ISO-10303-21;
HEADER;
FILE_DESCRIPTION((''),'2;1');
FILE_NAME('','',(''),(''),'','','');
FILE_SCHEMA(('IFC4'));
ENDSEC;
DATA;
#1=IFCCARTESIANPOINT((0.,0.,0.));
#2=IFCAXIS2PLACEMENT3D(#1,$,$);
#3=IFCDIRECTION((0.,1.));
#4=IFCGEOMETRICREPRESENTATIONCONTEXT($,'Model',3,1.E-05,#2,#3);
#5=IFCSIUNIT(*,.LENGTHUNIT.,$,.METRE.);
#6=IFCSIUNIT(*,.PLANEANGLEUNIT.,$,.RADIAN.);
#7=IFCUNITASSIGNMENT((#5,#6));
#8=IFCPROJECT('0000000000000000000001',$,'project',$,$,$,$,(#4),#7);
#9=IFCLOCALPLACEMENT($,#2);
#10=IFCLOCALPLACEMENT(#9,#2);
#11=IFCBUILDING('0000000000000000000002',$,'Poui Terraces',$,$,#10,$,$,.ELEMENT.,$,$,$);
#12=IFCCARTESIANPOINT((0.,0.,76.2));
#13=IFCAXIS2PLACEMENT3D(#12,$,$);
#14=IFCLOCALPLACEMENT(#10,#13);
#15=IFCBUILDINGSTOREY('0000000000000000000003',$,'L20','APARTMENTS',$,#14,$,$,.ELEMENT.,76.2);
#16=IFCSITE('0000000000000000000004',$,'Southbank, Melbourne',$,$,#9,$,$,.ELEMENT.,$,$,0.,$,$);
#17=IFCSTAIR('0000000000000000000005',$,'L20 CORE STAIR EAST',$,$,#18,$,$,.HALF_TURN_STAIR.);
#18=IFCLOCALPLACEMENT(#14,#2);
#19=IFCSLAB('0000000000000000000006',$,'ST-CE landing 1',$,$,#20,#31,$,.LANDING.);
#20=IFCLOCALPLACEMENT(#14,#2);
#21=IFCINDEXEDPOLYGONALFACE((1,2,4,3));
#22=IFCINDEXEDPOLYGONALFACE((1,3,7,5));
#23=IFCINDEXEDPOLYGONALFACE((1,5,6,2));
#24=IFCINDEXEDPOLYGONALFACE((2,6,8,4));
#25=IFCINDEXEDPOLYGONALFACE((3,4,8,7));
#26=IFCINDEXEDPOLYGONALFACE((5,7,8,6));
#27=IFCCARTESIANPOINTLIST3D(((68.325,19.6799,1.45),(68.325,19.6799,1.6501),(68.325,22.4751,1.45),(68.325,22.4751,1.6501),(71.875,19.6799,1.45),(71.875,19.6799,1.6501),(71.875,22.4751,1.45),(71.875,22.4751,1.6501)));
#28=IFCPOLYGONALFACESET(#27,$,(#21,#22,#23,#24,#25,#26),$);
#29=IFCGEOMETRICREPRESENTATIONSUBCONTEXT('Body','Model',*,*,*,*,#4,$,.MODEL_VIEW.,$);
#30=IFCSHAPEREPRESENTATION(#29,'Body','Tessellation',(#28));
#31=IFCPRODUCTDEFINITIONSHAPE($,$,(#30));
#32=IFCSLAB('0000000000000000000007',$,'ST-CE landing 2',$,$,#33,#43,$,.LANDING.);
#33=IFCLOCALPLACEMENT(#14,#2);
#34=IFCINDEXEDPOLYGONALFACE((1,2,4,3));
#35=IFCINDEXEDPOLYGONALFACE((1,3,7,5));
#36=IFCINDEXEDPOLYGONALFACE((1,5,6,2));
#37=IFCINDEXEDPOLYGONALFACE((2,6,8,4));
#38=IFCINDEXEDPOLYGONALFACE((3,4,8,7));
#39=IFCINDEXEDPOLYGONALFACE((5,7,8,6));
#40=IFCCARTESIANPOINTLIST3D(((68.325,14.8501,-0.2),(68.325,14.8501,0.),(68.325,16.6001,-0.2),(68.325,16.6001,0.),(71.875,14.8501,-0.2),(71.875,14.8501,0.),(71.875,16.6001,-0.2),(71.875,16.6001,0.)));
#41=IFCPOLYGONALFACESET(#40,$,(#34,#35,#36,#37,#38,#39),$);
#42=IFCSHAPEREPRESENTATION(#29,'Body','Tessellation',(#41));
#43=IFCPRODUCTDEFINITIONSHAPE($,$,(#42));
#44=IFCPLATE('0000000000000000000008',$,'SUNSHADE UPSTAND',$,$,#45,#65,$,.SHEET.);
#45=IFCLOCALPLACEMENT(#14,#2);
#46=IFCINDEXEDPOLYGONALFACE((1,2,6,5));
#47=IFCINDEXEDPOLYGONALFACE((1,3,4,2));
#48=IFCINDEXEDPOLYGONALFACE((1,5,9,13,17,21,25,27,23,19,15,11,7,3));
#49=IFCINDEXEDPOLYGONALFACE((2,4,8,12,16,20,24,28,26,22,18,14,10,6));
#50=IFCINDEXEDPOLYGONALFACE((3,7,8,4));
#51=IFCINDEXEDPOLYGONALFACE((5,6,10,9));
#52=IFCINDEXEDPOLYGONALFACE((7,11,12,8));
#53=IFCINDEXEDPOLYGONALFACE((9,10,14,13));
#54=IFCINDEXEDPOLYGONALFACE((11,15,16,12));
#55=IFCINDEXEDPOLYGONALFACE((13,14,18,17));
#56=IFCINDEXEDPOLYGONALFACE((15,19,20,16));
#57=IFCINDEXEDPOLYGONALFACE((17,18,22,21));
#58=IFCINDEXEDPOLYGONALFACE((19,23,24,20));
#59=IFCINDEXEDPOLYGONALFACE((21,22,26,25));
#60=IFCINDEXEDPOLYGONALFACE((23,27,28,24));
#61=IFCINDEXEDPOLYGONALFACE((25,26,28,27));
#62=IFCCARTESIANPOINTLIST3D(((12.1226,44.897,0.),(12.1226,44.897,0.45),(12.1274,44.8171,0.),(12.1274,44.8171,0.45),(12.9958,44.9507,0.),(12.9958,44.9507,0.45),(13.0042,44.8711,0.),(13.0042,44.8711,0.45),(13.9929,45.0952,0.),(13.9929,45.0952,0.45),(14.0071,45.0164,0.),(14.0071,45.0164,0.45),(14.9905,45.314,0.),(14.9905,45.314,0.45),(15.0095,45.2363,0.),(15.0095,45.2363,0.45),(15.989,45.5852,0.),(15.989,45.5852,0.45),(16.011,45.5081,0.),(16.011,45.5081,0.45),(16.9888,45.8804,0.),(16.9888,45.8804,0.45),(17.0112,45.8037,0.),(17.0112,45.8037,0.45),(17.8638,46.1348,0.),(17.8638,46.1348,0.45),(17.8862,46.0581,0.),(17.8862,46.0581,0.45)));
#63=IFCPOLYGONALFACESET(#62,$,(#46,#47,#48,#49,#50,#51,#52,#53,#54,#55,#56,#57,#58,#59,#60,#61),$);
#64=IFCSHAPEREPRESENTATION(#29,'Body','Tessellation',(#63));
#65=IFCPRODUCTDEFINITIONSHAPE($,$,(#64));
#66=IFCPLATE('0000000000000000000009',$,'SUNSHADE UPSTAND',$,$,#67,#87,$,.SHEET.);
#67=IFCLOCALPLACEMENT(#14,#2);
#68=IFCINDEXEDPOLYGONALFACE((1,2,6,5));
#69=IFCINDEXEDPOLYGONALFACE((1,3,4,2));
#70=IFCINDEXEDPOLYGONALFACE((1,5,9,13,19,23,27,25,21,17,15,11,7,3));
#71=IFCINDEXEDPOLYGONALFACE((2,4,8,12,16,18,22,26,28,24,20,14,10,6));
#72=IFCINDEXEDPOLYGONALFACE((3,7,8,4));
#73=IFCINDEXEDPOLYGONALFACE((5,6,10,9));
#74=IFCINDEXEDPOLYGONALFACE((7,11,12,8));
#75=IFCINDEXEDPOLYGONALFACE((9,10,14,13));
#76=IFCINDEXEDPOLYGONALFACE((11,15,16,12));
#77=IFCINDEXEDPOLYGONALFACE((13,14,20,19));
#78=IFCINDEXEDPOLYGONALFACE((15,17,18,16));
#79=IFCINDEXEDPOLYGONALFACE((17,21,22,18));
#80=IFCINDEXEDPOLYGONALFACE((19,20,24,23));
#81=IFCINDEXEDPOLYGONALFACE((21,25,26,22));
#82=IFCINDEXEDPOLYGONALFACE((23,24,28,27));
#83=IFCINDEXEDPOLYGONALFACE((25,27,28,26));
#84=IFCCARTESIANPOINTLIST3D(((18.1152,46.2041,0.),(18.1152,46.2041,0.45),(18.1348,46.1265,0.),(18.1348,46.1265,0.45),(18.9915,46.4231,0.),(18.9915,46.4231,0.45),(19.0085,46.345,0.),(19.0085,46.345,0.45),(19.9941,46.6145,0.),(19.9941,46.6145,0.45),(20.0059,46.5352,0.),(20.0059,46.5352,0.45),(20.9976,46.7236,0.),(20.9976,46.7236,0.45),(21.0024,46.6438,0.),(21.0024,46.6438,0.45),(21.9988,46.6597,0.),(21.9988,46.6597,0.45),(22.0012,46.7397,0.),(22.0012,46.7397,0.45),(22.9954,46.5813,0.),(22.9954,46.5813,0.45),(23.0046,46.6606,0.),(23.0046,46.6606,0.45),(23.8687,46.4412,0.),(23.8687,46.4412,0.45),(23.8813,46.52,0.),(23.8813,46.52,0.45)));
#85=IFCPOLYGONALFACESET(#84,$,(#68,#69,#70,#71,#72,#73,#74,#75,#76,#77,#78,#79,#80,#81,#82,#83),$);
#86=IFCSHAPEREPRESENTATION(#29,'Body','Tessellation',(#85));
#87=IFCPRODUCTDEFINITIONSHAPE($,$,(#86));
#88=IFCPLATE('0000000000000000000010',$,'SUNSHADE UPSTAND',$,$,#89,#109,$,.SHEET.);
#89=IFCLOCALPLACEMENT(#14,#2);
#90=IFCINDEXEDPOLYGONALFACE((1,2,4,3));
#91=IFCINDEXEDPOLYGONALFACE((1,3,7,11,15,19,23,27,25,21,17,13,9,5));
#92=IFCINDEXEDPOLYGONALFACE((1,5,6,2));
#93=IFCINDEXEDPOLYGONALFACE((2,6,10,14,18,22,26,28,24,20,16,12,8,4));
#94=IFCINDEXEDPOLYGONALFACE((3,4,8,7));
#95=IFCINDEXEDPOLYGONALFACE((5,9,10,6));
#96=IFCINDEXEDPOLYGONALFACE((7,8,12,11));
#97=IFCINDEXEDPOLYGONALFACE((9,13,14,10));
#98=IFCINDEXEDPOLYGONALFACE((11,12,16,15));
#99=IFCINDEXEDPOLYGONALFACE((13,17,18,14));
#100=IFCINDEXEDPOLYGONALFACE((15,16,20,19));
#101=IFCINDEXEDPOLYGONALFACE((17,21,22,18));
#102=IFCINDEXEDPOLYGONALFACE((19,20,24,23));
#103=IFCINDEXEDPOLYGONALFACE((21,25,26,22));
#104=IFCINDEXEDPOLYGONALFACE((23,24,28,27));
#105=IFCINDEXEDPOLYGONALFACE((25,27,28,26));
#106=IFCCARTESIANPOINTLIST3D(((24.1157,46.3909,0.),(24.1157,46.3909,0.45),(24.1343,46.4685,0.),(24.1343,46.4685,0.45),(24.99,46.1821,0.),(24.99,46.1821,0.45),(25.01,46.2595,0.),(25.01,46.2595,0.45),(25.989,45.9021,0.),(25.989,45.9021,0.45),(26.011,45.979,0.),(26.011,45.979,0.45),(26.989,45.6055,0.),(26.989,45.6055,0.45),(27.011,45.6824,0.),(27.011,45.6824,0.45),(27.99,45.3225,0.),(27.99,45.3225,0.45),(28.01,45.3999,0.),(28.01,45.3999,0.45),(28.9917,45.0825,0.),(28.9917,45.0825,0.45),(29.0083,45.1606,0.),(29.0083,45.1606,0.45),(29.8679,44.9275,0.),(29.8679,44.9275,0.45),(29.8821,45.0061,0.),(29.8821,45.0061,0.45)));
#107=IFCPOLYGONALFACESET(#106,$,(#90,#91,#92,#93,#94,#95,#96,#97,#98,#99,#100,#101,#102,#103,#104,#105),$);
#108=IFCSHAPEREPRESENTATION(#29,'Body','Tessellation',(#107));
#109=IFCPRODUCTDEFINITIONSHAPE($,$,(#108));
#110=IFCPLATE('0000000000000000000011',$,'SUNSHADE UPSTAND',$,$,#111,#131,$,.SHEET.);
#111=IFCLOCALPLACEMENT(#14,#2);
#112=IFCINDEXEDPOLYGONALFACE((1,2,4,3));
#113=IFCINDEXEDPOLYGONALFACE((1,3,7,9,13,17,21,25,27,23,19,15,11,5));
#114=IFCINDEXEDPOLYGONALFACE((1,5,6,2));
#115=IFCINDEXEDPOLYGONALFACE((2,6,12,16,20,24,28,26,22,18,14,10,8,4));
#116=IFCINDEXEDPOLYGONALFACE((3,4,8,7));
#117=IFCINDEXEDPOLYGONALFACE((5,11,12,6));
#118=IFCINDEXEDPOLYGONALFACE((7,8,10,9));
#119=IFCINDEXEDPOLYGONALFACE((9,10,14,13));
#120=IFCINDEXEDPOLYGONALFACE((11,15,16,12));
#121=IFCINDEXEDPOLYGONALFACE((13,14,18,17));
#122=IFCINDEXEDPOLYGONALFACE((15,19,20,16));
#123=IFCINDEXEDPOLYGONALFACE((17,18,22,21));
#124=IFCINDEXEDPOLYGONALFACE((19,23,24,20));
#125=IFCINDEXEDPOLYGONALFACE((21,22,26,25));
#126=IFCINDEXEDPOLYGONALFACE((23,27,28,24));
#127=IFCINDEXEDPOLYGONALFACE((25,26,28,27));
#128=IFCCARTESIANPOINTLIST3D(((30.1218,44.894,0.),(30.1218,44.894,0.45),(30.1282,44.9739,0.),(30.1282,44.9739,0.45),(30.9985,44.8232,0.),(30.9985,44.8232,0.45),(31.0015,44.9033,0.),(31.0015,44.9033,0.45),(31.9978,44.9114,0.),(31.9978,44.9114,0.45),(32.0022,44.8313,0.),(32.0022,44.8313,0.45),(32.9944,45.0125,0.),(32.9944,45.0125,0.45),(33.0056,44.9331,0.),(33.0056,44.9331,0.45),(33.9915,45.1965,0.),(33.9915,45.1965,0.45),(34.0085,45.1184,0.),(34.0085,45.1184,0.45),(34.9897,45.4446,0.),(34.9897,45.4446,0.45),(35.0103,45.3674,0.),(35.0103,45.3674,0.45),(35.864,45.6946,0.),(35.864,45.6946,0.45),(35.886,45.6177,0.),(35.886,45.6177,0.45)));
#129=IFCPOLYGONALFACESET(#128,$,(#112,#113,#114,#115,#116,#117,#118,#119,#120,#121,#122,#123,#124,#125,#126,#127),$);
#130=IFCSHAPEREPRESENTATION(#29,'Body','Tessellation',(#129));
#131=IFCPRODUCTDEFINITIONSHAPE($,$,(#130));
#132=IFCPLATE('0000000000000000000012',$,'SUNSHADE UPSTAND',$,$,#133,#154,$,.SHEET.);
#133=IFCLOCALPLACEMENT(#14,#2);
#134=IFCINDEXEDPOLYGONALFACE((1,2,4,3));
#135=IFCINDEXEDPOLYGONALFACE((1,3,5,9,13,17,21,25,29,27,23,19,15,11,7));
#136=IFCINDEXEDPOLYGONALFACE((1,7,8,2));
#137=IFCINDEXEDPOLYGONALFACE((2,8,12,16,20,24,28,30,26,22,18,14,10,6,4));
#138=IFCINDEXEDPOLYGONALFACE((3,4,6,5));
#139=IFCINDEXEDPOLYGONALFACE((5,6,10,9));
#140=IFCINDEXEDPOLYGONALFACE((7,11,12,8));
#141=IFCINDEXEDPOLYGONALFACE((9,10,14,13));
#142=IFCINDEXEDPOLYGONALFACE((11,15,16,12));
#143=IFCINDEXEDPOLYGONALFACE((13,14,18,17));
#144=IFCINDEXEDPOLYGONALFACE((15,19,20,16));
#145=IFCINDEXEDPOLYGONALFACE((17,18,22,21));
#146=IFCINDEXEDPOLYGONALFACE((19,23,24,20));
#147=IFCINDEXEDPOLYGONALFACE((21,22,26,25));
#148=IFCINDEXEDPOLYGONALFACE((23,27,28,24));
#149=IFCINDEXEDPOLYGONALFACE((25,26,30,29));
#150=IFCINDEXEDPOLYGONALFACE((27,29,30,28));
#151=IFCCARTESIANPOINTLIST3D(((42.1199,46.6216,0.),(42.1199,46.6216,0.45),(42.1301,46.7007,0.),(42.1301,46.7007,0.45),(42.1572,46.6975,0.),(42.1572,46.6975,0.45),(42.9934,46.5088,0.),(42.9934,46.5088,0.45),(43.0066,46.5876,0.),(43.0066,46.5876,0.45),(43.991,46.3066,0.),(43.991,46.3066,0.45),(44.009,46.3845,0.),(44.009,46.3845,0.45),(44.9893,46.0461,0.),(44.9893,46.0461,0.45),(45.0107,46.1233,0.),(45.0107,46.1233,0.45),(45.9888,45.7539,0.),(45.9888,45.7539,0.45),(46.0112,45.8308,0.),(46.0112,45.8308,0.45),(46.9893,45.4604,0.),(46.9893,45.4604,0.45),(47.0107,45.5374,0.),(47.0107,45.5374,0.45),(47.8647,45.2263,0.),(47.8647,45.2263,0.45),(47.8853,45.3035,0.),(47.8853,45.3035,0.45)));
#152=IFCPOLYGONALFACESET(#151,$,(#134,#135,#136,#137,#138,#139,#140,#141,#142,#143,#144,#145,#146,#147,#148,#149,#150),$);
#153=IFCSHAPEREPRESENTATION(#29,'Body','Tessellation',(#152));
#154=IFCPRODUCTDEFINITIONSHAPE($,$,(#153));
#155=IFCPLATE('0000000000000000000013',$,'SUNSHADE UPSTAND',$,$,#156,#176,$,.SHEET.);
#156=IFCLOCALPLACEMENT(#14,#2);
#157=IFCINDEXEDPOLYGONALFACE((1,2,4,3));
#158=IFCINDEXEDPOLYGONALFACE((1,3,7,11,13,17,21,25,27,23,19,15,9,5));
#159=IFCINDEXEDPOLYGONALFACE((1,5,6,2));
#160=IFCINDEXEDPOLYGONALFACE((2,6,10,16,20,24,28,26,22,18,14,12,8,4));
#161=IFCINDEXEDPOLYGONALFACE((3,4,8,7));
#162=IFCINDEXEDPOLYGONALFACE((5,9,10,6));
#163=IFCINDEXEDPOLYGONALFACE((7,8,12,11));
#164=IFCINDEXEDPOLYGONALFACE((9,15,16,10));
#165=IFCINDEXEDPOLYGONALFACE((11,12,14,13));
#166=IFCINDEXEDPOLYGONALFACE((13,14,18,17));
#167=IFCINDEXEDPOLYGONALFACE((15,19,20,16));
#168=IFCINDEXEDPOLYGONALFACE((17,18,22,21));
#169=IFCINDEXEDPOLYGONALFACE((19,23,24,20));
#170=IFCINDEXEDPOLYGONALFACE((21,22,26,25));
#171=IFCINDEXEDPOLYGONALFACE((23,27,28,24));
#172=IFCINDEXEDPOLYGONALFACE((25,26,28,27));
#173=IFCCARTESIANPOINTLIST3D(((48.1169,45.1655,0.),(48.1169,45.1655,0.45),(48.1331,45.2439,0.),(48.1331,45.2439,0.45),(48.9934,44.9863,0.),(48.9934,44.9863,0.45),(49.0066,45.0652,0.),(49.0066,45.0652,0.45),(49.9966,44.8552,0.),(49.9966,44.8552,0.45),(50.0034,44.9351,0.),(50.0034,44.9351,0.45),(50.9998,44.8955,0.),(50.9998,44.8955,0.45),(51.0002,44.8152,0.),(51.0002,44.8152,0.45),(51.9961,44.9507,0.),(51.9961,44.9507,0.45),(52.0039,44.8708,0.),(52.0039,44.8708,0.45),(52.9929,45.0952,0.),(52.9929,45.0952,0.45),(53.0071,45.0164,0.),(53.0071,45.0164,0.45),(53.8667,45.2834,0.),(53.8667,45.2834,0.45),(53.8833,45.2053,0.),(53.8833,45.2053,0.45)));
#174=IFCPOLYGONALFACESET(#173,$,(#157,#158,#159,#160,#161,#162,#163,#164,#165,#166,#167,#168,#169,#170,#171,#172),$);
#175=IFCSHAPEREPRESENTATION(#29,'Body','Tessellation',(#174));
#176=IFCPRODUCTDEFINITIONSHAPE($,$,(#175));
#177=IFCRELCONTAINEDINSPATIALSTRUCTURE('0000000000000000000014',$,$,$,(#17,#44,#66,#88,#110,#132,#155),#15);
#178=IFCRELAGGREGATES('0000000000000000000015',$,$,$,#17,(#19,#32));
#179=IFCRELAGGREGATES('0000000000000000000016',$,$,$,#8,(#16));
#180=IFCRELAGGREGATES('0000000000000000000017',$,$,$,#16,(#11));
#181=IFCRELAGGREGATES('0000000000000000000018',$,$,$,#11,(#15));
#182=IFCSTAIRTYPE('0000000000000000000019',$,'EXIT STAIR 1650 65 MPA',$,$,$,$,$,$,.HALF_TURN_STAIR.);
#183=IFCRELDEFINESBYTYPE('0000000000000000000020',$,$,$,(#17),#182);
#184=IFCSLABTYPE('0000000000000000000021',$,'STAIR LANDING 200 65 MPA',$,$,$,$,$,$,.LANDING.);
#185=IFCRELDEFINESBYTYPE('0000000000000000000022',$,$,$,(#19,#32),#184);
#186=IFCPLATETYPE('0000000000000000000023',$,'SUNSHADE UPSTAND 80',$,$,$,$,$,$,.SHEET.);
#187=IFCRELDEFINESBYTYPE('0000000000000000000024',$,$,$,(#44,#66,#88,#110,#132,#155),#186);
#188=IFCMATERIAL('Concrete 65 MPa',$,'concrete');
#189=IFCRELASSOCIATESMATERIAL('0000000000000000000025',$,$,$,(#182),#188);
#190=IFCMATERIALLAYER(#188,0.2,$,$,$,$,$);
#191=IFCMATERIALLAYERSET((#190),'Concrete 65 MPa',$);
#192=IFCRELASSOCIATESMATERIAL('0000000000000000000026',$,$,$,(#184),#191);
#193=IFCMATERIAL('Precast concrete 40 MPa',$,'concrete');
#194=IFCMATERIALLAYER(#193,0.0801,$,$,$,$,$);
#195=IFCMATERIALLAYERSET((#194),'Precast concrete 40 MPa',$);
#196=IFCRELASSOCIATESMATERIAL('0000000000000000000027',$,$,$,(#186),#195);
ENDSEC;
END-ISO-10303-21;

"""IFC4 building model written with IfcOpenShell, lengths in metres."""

from ifc_helpers import new_model, si_unit, direction, frame, origin, place, context, subcontext, project, spatial, polyline, outline, extrude, material, layer, layer_set, type_object, element, aggregate, save


model = new_model("IFC4")

# Units and contexts
model_context = context("Model", 3, precision=1e-05, world=origin(), true_north=direction((0.0, 1.0)))
body_context = subcontext(model_context, "Body", "Model", "MODEL_VIEW")
ifc_project = project(units=[si_unit("LENGTHUNIT", "METRE"), si_unit("PLANEANGLEUNIT", "RADIAN")], contexts=[model_context])

# Site, building, storey
site_placement = place(None, origin())
site = spatial("IfcSite", under=ifc_project, at=site_placement, Name="Southbank, Melbourne", CompositionType="ELEMENT", RefElevation=0.0)
building_placement = place(site_placement, origin())
building = spatial("IfcBuilding", under=site, at=building_placement, Name="Poui Terraces", CompositionType="ELEMENT")
storey_placement = place(building_placement, frame((0.0, 0.0, 76.2)))
storey = spatial("IfcBuildingStorey", under=building, at=storey_placement, Name="L20", Description="APARTMENTS", CompositionType="ELEMENT", Elevation=76.2)

# Shared definitions
ifc_material_1 = material(Name="Precast concrete 40 MPa", Category="concrete")

# Stair, slabs
ifc_material_2 = material(Name="Concrete 65 MPa", Category="concrete")
stair_type = type_object("IfcStairType", Name="EXIT STAIR 1650 65 MPA", PredefinedType="HALF_TURN_STAIR", material=ifc_material_2)
stair_placement = place(storey_placement, origin())
stair = element("IfcStair", 1, at=stair_placement, inside=storey, type_object=stair_type, Name="L20 CORE STAIR EAST", PredefinedType="HALF_TURN_STAIR")
ifc_layer_1 = layer(ifc_material_2, 0.2)
ifc_layer_set_1 = layer_set([ifc_layer_1], Name="Concrete 65 MPa")
slab_type_1 = type_object("IfcSlabType", Name="STAIR LANDING 200 65 MPA", PredefinedType="LANDING", material=ifc_layer_set_1)
slab_1_placement = place(storey_placement, frame((0.0, 0.0, 1.45)))
slab_1 = element("IfcSlab", 2, at=slab_1_placement, type_object=slab_type_1, Name="ST-CE landing 1", PredefinedType="LANDING", context=body_context, shape_type="SweptSolid", body=[
    extrude(outline(polyline([(68.325, 19.6799), (71.875, 19.6799), (71.875, 22.4751), (68.325, 22.4751), (68.325, 19.6799)])), origin(), (0.0, 0.0, 1.0), 0.2002),
])
slab_2_placement = place(storey_placement, frame((0.0, 0.0, -0.2)))
slab_2 = element("IfcSlab", 3, at=slab_2_placement, type_object=slab_type_1, Name="ST-CE landing 2", PredefinedType="LANDING", context=body_context, shape_type="SweptSolid", body=[
    extrude(outline(polyline([(68.325, 14.8501), (71.875, 14.8501), (71.875, 16.6001), (68.325, 16.6001), (68.325, 14.8501)])), origin(), (0.0, 0.0, 1.0), 0.2),
])
aggregate(stair, [slab_1, slab_2])

# Plates
ifc_layer_2 = layer(ifc_material_1, 0.0801)
ifc_layer_set_2 = layer_set([ifc_layer_2], Name="Precast concrete 40 MPa")
plate_type = type_object("IfcPlateType", Name="SUNSHADE UPSTAND 80", PredefinedType="SHEET", material=ifc_layer_set_2)
plate_1_placement = place(storey_placement, origin())
element("IfcPlate", 4, at=plate_1_placement, inside=storey, type_object=plate_type, Name="SUNSHADE UPSTAND", PredefinedType="SHEET", context=body_context, shape_type="SweptSolid", body=[
    extrude(outline(polyline([(12.9958, 44.9507), (12.1226, 44.897), (12.1274, 44.8171), (13.0042, 44.8711), (14.0071, 45.0164), (15.0095, 45.2363), (16.011, 45.5081), (17.0112, 45.8037), (17.8862, 46.0581), (17.8638, 46.1348), (16.9888, 45.8804), (15.989, 45.5852), (14.9905, 45.314), (13.9929, 45.0952), (12.9958, 44.9507)])), origin(), (0.0, 0.0, 1.0), 0.45),
])
plate_2_placement = place(storey_placement, origin())
element("IfcPlate", 5, at=plate_2_placement, inside=storey, type_object=plate_type, Name="SUNSHADE UPSTAND", PredefinedType="SHEET", context=body_context, shape_type="SweptSolid", body=[
    extrude(outline(polyline([(18.9915, 46.4231), (18.1152, 46.2041), (18.1348, 46.1265), (19.0085, 46.345), (20.0059, 46.5352), (21.0024, 46.6438), (21.9988, 46.6597), (22.9954, 46.5813), (23.8687, 46.4412), (23.8813, 46.52), (23.0046, 46.6606), (22.0012, 46.7397), (20.9976, 46.7236), (19.9941, 46.6145), (18.9915, 46.4231)])), origin(), (0.0, 0.0, 1.0), 0.45),
])
plate_3_placement = place(storey_placement, origin())
element("IfcPlate", 6, at=plate_3_placement, inside=storey, type_object=plate_type, Name="SUNSHADE UPSTAND", PredefinedType="SHEET", context=body_context, shape_type="SweptSolid", body=[
    extrude(outline(polyline([(25.01, 46.2595), (24.1343, 46.4685), (24.1157, 46.3909), (24.99, 46.1821), (25.989, 45.9021), (26.989, 45.6055), (27.99, 45.3225), (28.9917, 45.0825), (29.8679, 44.9275), (29.8821, 45.0061), (29.0083, 45.1606), (28.01, 45.3999), (27.011, 45.6824), (26.011, 45.979), (25.01, 46.2595)])), origin(), (0.0, 0.0, 1.0), 0.45),
])
plate_4_placement = place(storey_placement, origin())
element("IfcPlate", 7, at=plate_4_placement, inside=storey, type_object=plate_type, Name="SUNSHADE UPSTAND", PredefinedType="SHEET", context=body_context, shape_type="SweptSolid", body=[
    extrude(outline(polyline([(31.0015, 44.9033), (30.1282, 44.9739), (30.1218, 44.894), (30.9985, 44.8232), (32.0022, 44.8313), (33.0056, 44.9331), (34.0085, 45.1184), (35.0103, 45.3674), (35.886, 45.6177), (35.864, 45.6946), (34.9897, 45.4446), (33.9915, 45.1965), (32.9944, 45.0125), (31.9978, 44.9114), (31.0015, 44.9033)])), origin(), (0.0, 0.0, 1.0), 0.45),
])
plate_5_placement = place(storey_placement, origin())
element("IfcPlate", 8, at=plate_5_placement, inside=storey, type_object=plate_type, Name="SUNSHADE UPSTAND", PredefinedType="SHEET", context=body_context, shape_type="SweptSolid", body=[
    extrude(outline(polyline([(43.0066, 46.5876), (42.1572, 46.6975), (42.1301, 46.7007), (42.1199, 46.6216), (42.9934, 46.5088), (43.991, 46.3066), (44.9893, 46.0461), (45.9888, 45.7539), (46.9893, 45.4604), (47.8647, 45.2263), (47.8853, 45.3035), (47.0107, 45.5374), (46.0112, 45.8308), (45.0107, 46.1233), (44.009, 46.3845), (43.0066, 46.5876)])), origin(), (0.0, 0.0, 1.0), 0.45),
])
plate_6_placement = place(storey_placement, origin())
element("IfcPlate", 9, at=plate_6_placement, inside=storey, type_object=plate_type, Name="SUNSHADE UPSTAND", PredefinedType="SHEET", context=body_context, shape_type="SweptSolid", body=[
    extrude(outline(polyline([(49.0066, 45.0652), (48.1331, 45.2439), (48.1169, 45.1655), (48.9934, 44.9863), (49.9966, 44.8552), (51.0002, 44.8152), (52.0039, 44.8708), (53.0071, 45.0164), (53.8833, 45.2053), (53.8667, 45.2834), (52.9929, 45.0952), (51.9961, 44.9507), (50.9998, 44.8955), (50.0034, 44.9351), (49.0066, 45.0652)])), origin(), (0.0, 0.0, 1.0), 0.45),
])

save(model, "model.ifc")
